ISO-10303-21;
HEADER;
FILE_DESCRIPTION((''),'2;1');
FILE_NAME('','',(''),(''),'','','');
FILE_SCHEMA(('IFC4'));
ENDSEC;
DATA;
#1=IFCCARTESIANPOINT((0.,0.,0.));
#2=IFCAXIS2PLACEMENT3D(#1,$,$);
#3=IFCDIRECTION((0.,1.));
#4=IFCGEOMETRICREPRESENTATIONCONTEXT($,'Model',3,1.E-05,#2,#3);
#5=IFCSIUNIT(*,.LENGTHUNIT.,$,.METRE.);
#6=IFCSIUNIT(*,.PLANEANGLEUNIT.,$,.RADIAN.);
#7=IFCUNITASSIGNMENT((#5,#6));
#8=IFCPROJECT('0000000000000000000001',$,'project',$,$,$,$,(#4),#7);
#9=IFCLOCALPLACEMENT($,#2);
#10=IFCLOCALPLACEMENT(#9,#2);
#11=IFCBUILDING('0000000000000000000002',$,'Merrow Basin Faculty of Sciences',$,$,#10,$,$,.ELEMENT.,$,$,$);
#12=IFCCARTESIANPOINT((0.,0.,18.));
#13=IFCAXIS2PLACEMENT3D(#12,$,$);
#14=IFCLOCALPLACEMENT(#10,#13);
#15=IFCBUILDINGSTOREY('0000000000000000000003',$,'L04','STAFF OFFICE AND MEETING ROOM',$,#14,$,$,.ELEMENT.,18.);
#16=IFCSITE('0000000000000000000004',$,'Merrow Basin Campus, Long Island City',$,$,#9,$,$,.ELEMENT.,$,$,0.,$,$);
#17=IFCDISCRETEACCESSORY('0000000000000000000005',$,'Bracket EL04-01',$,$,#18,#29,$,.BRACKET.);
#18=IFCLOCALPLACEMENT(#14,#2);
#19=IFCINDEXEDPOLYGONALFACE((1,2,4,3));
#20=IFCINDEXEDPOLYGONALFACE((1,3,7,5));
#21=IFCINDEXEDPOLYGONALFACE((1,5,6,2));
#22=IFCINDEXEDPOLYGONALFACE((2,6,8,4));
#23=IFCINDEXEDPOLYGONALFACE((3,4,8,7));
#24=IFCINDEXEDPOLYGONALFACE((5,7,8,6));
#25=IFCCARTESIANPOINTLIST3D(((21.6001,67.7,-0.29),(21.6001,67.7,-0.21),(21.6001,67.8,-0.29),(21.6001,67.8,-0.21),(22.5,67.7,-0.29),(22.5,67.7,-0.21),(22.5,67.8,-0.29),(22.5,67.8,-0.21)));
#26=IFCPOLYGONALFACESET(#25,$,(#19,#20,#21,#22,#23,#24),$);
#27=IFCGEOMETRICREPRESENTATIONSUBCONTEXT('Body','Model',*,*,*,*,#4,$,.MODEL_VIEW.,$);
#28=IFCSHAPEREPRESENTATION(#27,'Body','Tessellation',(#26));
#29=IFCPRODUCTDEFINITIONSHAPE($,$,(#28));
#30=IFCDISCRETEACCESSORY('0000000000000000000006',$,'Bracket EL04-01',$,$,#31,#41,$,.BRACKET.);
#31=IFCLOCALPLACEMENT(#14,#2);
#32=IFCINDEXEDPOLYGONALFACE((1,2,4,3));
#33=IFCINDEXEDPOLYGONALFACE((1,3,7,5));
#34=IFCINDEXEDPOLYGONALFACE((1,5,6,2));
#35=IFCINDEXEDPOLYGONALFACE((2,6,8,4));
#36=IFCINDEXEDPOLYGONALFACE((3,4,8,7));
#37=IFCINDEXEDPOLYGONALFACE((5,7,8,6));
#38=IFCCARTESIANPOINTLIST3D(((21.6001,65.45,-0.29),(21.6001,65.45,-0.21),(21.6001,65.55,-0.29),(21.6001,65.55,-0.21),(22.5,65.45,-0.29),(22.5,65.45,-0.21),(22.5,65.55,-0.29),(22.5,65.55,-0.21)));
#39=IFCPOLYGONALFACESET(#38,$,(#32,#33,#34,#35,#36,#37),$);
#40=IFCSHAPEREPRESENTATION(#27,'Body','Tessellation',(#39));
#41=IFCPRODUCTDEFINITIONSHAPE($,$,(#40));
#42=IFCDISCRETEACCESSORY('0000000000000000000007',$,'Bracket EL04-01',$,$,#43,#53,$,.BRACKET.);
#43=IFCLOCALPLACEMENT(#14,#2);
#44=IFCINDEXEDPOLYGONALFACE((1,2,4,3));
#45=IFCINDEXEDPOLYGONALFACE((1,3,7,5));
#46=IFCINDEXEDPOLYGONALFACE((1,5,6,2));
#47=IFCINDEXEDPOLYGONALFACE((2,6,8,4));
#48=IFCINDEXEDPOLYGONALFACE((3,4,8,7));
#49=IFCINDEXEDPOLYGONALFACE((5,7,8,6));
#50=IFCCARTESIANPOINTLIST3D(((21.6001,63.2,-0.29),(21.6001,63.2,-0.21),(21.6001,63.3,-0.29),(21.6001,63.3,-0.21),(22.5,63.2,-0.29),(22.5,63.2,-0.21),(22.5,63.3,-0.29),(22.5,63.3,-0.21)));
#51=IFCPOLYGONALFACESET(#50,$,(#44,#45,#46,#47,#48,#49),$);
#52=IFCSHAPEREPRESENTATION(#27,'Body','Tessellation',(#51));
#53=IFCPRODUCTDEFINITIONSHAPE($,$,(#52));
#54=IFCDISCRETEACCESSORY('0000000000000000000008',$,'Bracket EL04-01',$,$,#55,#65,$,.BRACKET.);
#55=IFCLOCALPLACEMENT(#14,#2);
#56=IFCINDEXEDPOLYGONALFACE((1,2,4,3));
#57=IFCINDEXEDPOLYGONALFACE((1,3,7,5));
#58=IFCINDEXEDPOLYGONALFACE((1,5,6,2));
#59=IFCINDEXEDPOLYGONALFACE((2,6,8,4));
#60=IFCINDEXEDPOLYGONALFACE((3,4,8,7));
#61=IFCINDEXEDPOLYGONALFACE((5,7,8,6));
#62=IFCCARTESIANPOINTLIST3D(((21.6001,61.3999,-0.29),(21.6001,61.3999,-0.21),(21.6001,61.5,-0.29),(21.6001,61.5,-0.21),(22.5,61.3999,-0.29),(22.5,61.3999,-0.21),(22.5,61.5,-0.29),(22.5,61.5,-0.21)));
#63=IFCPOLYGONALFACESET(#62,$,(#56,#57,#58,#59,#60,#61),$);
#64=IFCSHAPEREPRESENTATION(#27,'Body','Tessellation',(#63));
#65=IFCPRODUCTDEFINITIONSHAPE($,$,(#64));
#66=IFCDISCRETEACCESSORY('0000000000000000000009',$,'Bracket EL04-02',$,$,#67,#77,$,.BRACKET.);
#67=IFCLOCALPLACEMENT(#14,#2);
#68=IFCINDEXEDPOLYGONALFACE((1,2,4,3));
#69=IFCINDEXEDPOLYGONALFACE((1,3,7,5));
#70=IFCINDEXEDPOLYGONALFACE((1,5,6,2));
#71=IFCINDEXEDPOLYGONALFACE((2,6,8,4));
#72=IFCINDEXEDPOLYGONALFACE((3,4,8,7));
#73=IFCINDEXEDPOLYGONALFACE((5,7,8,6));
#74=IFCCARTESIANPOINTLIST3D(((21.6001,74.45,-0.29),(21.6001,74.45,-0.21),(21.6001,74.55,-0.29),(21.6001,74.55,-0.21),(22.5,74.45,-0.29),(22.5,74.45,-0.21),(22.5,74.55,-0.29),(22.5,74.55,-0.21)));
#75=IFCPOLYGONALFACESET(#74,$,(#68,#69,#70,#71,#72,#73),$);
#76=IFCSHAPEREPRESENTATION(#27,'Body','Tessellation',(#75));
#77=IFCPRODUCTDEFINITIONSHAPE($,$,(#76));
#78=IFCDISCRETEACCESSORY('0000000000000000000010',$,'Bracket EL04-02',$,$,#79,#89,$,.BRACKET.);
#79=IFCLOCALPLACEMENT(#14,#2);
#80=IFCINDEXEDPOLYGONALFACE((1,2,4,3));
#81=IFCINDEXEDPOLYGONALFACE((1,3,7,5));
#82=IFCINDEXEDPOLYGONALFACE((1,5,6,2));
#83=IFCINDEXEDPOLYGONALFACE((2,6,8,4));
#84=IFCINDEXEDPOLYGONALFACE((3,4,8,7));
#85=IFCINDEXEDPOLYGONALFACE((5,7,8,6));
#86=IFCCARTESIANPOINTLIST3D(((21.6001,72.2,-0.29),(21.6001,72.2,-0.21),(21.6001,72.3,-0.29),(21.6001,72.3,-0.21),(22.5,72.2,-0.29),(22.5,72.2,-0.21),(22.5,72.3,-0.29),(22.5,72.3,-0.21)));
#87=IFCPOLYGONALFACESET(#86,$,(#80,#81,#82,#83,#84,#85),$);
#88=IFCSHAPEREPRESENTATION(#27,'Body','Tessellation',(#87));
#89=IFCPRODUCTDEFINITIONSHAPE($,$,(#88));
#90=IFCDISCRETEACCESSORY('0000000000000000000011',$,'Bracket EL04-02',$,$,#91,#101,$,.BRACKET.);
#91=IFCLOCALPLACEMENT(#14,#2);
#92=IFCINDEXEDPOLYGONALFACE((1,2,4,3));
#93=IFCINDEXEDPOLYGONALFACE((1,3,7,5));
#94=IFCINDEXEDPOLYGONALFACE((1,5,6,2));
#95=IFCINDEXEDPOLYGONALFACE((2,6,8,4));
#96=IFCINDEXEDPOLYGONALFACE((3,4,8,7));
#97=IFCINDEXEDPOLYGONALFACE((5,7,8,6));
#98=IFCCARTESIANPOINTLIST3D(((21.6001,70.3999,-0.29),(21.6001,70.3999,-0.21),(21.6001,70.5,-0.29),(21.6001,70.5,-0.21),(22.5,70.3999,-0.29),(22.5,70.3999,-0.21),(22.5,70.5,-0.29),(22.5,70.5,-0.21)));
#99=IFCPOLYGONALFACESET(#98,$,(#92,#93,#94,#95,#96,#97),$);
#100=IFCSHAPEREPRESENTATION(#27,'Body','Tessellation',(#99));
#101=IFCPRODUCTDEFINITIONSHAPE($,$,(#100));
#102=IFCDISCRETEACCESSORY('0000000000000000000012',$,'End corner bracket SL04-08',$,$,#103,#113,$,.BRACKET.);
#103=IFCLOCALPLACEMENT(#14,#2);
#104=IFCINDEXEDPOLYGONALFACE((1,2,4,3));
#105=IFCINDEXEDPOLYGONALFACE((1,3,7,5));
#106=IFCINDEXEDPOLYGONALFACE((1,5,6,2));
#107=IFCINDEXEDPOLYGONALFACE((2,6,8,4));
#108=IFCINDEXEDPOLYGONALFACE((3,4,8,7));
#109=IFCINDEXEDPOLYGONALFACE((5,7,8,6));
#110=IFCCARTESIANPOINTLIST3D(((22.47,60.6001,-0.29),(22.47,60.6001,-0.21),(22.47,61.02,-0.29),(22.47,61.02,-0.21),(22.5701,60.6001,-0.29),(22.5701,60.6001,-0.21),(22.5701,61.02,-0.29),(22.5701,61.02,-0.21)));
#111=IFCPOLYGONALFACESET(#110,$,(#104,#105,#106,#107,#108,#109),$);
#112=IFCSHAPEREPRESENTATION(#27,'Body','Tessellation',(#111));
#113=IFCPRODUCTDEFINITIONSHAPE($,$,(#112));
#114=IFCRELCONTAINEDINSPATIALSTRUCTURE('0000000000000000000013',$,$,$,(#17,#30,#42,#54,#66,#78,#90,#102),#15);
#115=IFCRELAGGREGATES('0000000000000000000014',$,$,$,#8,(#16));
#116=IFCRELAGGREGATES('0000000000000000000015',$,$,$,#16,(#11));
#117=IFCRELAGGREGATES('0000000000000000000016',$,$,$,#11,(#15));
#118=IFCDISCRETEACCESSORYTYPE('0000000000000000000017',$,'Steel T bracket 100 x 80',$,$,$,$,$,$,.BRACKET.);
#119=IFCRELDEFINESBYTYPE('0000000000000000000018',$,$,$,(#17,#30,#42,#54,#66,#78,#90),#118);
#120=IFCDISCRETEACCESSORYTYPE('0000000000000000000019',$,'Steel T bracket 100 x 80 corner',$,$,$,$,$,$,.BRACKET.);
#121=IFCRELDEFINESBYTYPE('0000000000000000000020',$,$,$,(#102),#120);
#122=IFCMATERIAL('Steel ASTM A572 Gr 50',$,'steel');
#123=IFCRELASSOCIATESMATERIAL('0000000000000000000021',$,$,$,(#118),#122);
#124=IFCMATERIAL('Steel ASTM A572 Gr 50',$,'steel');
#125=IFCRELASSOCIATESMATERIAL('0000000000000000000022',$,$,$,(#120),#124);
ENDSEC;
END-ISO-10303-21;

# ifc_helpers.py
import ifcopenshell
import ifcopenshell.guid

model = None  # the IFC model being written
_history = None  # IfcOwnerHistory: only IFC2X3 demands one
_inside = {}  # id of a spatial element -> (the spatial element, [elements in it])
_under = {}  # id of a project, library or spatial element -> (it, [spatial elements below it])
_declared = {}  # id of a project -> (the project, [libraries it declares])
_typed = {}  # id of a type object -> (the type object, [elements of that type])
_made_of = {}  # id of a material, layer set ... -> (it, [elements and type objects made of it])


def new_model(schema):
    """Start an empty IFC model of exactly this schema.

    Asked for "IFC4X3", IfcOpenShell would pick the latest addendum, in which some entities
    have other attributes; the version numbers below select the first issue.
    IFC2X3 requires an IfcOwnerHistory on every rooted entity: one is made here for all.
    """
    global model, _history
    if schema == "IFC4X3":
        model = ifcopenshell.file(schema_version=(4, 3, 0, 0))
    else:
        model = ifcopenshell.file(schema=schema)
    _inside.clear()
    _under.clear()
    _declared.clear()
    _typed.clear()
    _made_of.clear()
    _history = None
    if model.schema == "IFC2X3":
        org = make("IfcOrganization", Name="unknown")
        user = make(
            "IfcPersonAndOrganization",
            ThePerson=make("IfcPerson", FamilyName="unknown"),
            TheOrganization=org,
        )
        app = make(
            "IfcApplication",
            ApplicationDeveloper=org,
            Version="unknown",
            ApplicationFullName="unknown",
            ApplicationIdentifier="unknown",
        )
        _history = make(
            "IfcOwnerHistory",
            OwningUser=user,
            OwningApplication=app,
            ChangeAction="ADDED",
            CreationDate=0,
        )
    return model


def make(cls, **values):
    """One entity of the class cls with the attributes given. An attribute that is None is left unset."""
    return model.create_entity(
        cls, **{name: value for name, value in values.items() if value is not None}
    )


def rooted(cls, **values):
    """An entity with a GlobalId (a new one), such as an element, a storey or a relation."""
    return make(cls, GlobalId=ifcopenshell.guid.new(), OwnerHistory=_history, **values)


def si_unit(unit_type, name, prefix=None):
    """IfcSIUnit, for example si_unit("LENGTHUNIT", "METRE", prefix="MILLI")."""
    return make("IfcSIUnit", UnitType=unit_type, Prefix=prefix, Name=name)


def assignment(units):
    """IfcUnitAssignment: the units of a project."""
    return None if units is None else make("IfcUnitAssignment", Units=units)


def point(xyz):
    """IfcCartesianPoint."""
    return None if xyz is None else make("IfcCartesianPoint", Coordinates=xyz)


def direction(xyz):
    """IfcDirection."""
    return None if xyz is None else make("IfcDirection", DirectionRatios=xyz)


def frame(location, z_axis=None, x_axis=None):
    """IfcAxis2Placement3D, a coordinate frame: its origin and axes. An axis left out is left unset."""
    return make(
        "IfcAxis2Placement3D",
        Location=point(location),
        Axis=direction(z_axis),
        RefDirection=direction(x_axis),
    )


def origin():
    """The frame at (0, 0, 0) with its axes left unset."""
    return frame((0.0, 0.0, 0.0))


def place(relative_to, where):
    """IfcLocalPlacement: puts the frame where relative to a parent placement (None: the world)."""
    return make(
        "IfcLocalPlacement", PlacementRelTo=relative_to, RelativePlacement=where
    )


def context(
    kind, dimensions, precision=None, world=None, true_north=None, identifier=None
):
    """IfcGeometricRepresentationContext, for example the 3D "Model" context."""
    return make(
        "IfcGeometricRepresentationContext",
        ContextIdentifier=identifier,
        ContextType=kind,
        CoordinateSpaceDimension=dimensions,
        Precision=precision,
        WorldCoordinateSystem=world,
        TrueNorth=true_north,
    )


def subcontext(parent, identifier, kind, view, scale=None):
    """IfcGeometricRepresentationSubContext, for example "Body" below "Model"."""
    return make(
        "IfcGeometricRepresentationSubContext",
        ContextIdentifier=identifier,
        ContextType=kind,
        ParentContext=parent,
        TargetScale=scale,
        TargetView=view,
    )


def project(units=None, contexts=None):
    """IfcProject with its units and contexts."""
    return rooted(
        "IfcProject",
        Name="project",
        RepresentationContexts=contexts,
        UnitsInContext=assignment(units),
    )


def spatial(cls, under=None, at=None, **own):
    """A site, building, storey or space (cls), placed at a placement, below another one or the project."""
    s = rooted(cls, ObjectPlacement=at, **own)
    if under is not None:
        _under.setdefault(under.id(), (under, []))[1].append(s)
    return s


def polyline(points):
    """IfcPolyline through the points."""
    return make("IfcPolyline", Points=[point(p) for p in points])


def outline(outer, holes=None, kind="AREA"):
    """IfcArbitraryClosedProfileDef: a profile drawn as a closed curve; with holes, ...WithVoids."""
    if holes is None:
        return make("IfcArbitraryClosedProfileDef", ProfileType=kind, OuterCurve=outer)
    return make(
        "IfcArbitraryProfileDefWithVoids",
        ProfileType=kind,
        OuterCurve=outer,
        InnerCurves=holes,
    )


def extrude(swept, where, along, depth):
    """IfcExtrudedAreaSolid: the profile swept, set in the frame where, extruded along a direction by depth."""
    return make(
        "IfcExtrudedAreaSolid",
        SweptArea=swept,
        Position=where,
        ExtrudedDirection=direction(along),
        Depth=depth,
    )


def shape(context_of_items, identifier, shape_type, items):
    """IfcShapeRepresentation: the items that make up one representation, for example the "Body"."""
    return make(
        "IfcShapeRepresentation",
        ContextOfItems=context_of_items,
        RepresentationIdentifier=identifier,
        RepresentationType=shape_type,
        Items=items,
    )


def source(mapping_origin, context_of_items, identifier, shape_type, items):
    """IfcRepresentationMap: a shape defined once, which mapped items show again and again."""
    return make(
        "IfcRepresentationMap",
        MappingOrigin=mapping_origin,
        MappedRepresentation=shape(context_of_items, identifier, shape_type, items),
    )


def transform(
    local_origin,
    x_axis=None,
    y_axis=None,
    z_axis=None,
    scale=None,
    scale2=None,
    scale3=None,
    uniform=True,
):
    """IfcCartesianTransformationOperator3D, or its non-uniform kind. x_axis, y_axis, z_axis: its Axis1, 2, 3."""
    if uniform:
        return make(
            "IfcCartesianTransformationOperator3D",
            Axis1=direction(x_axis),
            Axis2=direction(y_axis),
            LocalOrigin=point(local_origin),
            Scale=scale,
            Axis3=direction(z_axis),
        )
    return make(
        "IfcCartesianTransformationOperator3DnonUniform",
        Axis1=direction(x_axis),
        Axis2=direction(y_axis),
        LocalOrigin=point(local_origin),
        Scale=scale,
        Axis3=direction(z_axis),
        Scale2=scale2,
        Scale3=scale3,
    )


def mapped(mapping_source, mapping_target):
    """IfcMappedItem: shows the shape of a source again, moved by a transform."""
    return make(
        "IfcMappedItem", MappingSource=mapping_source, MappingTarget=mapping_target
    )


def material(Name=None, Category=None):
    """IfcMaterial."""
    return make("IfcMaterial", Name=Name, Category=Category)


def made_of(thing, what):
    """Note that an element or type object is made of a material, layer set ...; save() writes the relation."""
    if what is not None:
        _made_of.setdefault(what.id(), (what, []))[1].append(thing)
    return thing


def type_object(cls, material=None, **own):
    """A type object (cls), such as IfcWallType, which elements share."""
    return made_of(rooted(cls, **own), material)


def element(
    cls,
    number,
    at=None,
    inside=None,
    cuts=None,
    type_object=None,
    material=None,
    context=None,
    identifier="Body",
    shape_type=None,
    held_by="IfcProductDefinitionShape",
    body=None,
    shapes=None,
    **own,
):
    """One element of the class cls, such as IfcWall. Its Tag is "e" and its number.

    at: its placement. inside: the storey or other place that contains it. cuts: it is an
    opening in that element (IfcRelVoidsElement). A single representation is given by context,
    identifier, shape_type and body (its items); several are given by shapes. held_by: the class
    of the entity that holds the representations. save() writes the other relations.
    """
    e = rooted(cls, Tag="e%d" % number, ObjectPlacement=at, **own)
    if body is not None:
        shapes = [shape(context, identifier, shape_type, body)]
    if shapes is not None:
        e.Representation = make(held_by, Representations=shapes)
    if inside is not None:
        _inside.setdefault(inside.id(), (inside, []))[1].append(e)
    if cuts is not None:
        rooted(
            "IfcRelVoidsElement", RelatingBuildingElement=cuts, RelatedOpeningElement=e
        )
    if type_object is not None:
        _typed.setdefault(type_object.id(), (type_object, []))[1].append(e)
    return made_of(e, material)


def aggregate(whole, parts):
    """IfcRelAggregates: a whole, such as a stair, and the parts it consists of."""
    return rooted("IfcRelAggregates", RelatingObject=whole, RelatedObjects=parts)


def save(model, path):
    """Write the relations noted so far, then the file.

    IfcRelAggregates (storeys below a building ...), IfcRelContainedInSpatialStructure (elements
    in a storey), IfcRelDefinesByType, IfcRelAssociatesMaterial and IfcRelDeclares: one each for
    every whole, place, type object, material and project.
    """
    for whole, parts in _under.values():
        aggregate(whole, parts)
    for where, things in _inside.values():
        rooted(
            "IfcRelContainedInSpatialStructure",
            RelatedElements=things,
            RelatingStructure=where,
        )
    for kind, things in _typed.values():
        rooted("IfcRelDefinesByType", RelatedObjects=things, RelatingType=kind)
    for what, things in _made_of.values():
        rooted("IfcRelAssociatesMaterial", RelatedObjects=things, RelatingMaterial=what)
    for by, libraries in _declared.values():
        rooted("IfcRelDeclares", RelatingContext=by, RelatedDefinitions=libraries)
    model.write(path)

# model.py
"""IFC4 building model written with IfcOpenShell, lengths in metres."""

from ifc_helpers import new_model, si_unit, direction, frame, origin, place, context, subcontext, project, spatial, polyline, outline, extrude, source, transform, mapped, material, type_object, element, save


model = new_model("IFC4")

# Units and contexts
model_context = context("Model", 3, precision=1e-05, world=origin(), true_north=direction((0.0, 1.0)))
body_context = subcontext(model_context, "Body", "Model", "MODEL_VIEW")
ifc_project = project(units=[si_unit("LENGTHUNIT", "METRE"), si_unit("PLANEANGLEUNIT", "RADIAN")], contexts=[model_context])

# Site, building, storey
site_placement = place(None, origin())
site = spatial("IfcSite", under=ifc_project, at=site_placement, Name="Merrow Basin Campus, Long Island City", CompositionType="ELEMENT", RefElevation=0.0)
building_placement = place(site_placement, origin())
building = spatial("IfcBuilding", under=site, at=building_placement, Name="Merrow Basin Faculty of Sciences", CompositionType="ELEMENT")
storey_placement = place(building_placement, frame((0.0, 0.0, 18.0)))
storey = spatial("IfcBuildingStorey", under=building, at=storey_placement, Name="L04", Description="STAFF OFFICE AND MEETING ROOM", CompositionType="ELEMENT", Elevation=18.0)

# Discrete accessories
ifc_material_1 = material(Name="Steel ASTM A572 Gr 50", Category="steel")
discrete_accessory_type_1 = type_object("IfcDiscreteAccessoryType", Name="Steel T bracket 100 x 80", PredefinedType="BRACKET", material=ifc_material_1)
shared_shape_1 = source(origin(), body_context, "Body", "SweptSolid", [
    extrude(outline(polyline([(0.0, 0.0), (0.1001, 0.0), (0.1001, 0.0801), (0.0, 0.0801), (0.0, 0.0)])), origin(), (0.0, 0.0, 1.0), 0.8999),
])
for number, where, z_axis, x_axis, name in (
    (1, (22.5, 67.8, -0.29), (-1.0, 0.0, 0.0), (0.0, -1.0, 0.0), "Bracket EL04-01"),
    (2, (22.5, 65.55, -0.29), (-1.0, 0.0, 0.0), (0.0, -1.0, 0.0), "Bracket EL04-01"),
    (3, (22.5, 63.3, -0.29), (-1.0, 0.0, 0.0), (0.0, -1.0, 0.0), "Bracket EL04-01"),
    (4, (22.5, 61.5, -0.29), (-1.0, 0.0, 0.0), (0.0, -1.0, 0.0), "Bracket EL04-01"),
    (5, (22.5, 74.55, -0.29), (-1.0, 0.0, 0.0), (0.0, -1.0, 0.0), "Bracket EL04-02"),
    (6, (22.5, 72.3, -0.29), (-1.0, 0.0, 0.0), (0.0, -1.0, 0.0), "Bracket EL04-02"),
    (7, (22.5, 70.5, -0.29), (-1.0, 0.0, 0.0), (0.0, -1.0, 0.0), "Bracket EL04-02"),
):
    element("IfcDiscreteAccessory", number, at=place(storey_placement, frame(where, z_axis=z_axis, x_axis=x_axis)), inside=storey, type_object=discrete_accessory_type_1, Name=name, PredefinedType="BRACKET", context=body_context, shape_type="MappedRepresentation", body=[
        mapped(shared_shape_1, transform((0.0, 0.0, 0.0), scale=1.0)),
    ])
ifc_material_2 = material(Name="Steel ASTM A572 Gr 50", Category="steel")
discrete_accessory_type_2 = type_object("IfcDiscreteAccessoryType", Name="Steel T bracket 100 x 80 corner", PredefinedType="BRACKET", material=ifc_material_2)
shared_shape_2 = source(origin(), body_context, "Body", "SweptSolid", [
    extrude(outline(polyline([(0.0, 0.0), (0.1001, 0.0), (0.1001, 0.0801), (0.0, 0.0801), (0.0, 0.0)])), origin(), (0.0, 0.0, 1.0), 0.4199),
])
discrete_accessory_placement = place(storey_placement, frame((22.5701, 60.6001, -0.29), z_axis=(0.0, 1.0, 0.0), x_axis=(-1.0, 0.0, 0.0)))
element("IfcDiscreteAccessory", 8, at=discrete_accessory_placement, inside=storey, type_object=discrete_accessory_type_2, Name="End corner bracket SL04-08", PredefinedType="BRACKET", context=body_context, shape_type="MappedRepresentation", body=[
    mapped(shared_shape_2, transform((0.0, 0.0, 0.0), scale=1.0)),
])

save(model, "model.ifc")
